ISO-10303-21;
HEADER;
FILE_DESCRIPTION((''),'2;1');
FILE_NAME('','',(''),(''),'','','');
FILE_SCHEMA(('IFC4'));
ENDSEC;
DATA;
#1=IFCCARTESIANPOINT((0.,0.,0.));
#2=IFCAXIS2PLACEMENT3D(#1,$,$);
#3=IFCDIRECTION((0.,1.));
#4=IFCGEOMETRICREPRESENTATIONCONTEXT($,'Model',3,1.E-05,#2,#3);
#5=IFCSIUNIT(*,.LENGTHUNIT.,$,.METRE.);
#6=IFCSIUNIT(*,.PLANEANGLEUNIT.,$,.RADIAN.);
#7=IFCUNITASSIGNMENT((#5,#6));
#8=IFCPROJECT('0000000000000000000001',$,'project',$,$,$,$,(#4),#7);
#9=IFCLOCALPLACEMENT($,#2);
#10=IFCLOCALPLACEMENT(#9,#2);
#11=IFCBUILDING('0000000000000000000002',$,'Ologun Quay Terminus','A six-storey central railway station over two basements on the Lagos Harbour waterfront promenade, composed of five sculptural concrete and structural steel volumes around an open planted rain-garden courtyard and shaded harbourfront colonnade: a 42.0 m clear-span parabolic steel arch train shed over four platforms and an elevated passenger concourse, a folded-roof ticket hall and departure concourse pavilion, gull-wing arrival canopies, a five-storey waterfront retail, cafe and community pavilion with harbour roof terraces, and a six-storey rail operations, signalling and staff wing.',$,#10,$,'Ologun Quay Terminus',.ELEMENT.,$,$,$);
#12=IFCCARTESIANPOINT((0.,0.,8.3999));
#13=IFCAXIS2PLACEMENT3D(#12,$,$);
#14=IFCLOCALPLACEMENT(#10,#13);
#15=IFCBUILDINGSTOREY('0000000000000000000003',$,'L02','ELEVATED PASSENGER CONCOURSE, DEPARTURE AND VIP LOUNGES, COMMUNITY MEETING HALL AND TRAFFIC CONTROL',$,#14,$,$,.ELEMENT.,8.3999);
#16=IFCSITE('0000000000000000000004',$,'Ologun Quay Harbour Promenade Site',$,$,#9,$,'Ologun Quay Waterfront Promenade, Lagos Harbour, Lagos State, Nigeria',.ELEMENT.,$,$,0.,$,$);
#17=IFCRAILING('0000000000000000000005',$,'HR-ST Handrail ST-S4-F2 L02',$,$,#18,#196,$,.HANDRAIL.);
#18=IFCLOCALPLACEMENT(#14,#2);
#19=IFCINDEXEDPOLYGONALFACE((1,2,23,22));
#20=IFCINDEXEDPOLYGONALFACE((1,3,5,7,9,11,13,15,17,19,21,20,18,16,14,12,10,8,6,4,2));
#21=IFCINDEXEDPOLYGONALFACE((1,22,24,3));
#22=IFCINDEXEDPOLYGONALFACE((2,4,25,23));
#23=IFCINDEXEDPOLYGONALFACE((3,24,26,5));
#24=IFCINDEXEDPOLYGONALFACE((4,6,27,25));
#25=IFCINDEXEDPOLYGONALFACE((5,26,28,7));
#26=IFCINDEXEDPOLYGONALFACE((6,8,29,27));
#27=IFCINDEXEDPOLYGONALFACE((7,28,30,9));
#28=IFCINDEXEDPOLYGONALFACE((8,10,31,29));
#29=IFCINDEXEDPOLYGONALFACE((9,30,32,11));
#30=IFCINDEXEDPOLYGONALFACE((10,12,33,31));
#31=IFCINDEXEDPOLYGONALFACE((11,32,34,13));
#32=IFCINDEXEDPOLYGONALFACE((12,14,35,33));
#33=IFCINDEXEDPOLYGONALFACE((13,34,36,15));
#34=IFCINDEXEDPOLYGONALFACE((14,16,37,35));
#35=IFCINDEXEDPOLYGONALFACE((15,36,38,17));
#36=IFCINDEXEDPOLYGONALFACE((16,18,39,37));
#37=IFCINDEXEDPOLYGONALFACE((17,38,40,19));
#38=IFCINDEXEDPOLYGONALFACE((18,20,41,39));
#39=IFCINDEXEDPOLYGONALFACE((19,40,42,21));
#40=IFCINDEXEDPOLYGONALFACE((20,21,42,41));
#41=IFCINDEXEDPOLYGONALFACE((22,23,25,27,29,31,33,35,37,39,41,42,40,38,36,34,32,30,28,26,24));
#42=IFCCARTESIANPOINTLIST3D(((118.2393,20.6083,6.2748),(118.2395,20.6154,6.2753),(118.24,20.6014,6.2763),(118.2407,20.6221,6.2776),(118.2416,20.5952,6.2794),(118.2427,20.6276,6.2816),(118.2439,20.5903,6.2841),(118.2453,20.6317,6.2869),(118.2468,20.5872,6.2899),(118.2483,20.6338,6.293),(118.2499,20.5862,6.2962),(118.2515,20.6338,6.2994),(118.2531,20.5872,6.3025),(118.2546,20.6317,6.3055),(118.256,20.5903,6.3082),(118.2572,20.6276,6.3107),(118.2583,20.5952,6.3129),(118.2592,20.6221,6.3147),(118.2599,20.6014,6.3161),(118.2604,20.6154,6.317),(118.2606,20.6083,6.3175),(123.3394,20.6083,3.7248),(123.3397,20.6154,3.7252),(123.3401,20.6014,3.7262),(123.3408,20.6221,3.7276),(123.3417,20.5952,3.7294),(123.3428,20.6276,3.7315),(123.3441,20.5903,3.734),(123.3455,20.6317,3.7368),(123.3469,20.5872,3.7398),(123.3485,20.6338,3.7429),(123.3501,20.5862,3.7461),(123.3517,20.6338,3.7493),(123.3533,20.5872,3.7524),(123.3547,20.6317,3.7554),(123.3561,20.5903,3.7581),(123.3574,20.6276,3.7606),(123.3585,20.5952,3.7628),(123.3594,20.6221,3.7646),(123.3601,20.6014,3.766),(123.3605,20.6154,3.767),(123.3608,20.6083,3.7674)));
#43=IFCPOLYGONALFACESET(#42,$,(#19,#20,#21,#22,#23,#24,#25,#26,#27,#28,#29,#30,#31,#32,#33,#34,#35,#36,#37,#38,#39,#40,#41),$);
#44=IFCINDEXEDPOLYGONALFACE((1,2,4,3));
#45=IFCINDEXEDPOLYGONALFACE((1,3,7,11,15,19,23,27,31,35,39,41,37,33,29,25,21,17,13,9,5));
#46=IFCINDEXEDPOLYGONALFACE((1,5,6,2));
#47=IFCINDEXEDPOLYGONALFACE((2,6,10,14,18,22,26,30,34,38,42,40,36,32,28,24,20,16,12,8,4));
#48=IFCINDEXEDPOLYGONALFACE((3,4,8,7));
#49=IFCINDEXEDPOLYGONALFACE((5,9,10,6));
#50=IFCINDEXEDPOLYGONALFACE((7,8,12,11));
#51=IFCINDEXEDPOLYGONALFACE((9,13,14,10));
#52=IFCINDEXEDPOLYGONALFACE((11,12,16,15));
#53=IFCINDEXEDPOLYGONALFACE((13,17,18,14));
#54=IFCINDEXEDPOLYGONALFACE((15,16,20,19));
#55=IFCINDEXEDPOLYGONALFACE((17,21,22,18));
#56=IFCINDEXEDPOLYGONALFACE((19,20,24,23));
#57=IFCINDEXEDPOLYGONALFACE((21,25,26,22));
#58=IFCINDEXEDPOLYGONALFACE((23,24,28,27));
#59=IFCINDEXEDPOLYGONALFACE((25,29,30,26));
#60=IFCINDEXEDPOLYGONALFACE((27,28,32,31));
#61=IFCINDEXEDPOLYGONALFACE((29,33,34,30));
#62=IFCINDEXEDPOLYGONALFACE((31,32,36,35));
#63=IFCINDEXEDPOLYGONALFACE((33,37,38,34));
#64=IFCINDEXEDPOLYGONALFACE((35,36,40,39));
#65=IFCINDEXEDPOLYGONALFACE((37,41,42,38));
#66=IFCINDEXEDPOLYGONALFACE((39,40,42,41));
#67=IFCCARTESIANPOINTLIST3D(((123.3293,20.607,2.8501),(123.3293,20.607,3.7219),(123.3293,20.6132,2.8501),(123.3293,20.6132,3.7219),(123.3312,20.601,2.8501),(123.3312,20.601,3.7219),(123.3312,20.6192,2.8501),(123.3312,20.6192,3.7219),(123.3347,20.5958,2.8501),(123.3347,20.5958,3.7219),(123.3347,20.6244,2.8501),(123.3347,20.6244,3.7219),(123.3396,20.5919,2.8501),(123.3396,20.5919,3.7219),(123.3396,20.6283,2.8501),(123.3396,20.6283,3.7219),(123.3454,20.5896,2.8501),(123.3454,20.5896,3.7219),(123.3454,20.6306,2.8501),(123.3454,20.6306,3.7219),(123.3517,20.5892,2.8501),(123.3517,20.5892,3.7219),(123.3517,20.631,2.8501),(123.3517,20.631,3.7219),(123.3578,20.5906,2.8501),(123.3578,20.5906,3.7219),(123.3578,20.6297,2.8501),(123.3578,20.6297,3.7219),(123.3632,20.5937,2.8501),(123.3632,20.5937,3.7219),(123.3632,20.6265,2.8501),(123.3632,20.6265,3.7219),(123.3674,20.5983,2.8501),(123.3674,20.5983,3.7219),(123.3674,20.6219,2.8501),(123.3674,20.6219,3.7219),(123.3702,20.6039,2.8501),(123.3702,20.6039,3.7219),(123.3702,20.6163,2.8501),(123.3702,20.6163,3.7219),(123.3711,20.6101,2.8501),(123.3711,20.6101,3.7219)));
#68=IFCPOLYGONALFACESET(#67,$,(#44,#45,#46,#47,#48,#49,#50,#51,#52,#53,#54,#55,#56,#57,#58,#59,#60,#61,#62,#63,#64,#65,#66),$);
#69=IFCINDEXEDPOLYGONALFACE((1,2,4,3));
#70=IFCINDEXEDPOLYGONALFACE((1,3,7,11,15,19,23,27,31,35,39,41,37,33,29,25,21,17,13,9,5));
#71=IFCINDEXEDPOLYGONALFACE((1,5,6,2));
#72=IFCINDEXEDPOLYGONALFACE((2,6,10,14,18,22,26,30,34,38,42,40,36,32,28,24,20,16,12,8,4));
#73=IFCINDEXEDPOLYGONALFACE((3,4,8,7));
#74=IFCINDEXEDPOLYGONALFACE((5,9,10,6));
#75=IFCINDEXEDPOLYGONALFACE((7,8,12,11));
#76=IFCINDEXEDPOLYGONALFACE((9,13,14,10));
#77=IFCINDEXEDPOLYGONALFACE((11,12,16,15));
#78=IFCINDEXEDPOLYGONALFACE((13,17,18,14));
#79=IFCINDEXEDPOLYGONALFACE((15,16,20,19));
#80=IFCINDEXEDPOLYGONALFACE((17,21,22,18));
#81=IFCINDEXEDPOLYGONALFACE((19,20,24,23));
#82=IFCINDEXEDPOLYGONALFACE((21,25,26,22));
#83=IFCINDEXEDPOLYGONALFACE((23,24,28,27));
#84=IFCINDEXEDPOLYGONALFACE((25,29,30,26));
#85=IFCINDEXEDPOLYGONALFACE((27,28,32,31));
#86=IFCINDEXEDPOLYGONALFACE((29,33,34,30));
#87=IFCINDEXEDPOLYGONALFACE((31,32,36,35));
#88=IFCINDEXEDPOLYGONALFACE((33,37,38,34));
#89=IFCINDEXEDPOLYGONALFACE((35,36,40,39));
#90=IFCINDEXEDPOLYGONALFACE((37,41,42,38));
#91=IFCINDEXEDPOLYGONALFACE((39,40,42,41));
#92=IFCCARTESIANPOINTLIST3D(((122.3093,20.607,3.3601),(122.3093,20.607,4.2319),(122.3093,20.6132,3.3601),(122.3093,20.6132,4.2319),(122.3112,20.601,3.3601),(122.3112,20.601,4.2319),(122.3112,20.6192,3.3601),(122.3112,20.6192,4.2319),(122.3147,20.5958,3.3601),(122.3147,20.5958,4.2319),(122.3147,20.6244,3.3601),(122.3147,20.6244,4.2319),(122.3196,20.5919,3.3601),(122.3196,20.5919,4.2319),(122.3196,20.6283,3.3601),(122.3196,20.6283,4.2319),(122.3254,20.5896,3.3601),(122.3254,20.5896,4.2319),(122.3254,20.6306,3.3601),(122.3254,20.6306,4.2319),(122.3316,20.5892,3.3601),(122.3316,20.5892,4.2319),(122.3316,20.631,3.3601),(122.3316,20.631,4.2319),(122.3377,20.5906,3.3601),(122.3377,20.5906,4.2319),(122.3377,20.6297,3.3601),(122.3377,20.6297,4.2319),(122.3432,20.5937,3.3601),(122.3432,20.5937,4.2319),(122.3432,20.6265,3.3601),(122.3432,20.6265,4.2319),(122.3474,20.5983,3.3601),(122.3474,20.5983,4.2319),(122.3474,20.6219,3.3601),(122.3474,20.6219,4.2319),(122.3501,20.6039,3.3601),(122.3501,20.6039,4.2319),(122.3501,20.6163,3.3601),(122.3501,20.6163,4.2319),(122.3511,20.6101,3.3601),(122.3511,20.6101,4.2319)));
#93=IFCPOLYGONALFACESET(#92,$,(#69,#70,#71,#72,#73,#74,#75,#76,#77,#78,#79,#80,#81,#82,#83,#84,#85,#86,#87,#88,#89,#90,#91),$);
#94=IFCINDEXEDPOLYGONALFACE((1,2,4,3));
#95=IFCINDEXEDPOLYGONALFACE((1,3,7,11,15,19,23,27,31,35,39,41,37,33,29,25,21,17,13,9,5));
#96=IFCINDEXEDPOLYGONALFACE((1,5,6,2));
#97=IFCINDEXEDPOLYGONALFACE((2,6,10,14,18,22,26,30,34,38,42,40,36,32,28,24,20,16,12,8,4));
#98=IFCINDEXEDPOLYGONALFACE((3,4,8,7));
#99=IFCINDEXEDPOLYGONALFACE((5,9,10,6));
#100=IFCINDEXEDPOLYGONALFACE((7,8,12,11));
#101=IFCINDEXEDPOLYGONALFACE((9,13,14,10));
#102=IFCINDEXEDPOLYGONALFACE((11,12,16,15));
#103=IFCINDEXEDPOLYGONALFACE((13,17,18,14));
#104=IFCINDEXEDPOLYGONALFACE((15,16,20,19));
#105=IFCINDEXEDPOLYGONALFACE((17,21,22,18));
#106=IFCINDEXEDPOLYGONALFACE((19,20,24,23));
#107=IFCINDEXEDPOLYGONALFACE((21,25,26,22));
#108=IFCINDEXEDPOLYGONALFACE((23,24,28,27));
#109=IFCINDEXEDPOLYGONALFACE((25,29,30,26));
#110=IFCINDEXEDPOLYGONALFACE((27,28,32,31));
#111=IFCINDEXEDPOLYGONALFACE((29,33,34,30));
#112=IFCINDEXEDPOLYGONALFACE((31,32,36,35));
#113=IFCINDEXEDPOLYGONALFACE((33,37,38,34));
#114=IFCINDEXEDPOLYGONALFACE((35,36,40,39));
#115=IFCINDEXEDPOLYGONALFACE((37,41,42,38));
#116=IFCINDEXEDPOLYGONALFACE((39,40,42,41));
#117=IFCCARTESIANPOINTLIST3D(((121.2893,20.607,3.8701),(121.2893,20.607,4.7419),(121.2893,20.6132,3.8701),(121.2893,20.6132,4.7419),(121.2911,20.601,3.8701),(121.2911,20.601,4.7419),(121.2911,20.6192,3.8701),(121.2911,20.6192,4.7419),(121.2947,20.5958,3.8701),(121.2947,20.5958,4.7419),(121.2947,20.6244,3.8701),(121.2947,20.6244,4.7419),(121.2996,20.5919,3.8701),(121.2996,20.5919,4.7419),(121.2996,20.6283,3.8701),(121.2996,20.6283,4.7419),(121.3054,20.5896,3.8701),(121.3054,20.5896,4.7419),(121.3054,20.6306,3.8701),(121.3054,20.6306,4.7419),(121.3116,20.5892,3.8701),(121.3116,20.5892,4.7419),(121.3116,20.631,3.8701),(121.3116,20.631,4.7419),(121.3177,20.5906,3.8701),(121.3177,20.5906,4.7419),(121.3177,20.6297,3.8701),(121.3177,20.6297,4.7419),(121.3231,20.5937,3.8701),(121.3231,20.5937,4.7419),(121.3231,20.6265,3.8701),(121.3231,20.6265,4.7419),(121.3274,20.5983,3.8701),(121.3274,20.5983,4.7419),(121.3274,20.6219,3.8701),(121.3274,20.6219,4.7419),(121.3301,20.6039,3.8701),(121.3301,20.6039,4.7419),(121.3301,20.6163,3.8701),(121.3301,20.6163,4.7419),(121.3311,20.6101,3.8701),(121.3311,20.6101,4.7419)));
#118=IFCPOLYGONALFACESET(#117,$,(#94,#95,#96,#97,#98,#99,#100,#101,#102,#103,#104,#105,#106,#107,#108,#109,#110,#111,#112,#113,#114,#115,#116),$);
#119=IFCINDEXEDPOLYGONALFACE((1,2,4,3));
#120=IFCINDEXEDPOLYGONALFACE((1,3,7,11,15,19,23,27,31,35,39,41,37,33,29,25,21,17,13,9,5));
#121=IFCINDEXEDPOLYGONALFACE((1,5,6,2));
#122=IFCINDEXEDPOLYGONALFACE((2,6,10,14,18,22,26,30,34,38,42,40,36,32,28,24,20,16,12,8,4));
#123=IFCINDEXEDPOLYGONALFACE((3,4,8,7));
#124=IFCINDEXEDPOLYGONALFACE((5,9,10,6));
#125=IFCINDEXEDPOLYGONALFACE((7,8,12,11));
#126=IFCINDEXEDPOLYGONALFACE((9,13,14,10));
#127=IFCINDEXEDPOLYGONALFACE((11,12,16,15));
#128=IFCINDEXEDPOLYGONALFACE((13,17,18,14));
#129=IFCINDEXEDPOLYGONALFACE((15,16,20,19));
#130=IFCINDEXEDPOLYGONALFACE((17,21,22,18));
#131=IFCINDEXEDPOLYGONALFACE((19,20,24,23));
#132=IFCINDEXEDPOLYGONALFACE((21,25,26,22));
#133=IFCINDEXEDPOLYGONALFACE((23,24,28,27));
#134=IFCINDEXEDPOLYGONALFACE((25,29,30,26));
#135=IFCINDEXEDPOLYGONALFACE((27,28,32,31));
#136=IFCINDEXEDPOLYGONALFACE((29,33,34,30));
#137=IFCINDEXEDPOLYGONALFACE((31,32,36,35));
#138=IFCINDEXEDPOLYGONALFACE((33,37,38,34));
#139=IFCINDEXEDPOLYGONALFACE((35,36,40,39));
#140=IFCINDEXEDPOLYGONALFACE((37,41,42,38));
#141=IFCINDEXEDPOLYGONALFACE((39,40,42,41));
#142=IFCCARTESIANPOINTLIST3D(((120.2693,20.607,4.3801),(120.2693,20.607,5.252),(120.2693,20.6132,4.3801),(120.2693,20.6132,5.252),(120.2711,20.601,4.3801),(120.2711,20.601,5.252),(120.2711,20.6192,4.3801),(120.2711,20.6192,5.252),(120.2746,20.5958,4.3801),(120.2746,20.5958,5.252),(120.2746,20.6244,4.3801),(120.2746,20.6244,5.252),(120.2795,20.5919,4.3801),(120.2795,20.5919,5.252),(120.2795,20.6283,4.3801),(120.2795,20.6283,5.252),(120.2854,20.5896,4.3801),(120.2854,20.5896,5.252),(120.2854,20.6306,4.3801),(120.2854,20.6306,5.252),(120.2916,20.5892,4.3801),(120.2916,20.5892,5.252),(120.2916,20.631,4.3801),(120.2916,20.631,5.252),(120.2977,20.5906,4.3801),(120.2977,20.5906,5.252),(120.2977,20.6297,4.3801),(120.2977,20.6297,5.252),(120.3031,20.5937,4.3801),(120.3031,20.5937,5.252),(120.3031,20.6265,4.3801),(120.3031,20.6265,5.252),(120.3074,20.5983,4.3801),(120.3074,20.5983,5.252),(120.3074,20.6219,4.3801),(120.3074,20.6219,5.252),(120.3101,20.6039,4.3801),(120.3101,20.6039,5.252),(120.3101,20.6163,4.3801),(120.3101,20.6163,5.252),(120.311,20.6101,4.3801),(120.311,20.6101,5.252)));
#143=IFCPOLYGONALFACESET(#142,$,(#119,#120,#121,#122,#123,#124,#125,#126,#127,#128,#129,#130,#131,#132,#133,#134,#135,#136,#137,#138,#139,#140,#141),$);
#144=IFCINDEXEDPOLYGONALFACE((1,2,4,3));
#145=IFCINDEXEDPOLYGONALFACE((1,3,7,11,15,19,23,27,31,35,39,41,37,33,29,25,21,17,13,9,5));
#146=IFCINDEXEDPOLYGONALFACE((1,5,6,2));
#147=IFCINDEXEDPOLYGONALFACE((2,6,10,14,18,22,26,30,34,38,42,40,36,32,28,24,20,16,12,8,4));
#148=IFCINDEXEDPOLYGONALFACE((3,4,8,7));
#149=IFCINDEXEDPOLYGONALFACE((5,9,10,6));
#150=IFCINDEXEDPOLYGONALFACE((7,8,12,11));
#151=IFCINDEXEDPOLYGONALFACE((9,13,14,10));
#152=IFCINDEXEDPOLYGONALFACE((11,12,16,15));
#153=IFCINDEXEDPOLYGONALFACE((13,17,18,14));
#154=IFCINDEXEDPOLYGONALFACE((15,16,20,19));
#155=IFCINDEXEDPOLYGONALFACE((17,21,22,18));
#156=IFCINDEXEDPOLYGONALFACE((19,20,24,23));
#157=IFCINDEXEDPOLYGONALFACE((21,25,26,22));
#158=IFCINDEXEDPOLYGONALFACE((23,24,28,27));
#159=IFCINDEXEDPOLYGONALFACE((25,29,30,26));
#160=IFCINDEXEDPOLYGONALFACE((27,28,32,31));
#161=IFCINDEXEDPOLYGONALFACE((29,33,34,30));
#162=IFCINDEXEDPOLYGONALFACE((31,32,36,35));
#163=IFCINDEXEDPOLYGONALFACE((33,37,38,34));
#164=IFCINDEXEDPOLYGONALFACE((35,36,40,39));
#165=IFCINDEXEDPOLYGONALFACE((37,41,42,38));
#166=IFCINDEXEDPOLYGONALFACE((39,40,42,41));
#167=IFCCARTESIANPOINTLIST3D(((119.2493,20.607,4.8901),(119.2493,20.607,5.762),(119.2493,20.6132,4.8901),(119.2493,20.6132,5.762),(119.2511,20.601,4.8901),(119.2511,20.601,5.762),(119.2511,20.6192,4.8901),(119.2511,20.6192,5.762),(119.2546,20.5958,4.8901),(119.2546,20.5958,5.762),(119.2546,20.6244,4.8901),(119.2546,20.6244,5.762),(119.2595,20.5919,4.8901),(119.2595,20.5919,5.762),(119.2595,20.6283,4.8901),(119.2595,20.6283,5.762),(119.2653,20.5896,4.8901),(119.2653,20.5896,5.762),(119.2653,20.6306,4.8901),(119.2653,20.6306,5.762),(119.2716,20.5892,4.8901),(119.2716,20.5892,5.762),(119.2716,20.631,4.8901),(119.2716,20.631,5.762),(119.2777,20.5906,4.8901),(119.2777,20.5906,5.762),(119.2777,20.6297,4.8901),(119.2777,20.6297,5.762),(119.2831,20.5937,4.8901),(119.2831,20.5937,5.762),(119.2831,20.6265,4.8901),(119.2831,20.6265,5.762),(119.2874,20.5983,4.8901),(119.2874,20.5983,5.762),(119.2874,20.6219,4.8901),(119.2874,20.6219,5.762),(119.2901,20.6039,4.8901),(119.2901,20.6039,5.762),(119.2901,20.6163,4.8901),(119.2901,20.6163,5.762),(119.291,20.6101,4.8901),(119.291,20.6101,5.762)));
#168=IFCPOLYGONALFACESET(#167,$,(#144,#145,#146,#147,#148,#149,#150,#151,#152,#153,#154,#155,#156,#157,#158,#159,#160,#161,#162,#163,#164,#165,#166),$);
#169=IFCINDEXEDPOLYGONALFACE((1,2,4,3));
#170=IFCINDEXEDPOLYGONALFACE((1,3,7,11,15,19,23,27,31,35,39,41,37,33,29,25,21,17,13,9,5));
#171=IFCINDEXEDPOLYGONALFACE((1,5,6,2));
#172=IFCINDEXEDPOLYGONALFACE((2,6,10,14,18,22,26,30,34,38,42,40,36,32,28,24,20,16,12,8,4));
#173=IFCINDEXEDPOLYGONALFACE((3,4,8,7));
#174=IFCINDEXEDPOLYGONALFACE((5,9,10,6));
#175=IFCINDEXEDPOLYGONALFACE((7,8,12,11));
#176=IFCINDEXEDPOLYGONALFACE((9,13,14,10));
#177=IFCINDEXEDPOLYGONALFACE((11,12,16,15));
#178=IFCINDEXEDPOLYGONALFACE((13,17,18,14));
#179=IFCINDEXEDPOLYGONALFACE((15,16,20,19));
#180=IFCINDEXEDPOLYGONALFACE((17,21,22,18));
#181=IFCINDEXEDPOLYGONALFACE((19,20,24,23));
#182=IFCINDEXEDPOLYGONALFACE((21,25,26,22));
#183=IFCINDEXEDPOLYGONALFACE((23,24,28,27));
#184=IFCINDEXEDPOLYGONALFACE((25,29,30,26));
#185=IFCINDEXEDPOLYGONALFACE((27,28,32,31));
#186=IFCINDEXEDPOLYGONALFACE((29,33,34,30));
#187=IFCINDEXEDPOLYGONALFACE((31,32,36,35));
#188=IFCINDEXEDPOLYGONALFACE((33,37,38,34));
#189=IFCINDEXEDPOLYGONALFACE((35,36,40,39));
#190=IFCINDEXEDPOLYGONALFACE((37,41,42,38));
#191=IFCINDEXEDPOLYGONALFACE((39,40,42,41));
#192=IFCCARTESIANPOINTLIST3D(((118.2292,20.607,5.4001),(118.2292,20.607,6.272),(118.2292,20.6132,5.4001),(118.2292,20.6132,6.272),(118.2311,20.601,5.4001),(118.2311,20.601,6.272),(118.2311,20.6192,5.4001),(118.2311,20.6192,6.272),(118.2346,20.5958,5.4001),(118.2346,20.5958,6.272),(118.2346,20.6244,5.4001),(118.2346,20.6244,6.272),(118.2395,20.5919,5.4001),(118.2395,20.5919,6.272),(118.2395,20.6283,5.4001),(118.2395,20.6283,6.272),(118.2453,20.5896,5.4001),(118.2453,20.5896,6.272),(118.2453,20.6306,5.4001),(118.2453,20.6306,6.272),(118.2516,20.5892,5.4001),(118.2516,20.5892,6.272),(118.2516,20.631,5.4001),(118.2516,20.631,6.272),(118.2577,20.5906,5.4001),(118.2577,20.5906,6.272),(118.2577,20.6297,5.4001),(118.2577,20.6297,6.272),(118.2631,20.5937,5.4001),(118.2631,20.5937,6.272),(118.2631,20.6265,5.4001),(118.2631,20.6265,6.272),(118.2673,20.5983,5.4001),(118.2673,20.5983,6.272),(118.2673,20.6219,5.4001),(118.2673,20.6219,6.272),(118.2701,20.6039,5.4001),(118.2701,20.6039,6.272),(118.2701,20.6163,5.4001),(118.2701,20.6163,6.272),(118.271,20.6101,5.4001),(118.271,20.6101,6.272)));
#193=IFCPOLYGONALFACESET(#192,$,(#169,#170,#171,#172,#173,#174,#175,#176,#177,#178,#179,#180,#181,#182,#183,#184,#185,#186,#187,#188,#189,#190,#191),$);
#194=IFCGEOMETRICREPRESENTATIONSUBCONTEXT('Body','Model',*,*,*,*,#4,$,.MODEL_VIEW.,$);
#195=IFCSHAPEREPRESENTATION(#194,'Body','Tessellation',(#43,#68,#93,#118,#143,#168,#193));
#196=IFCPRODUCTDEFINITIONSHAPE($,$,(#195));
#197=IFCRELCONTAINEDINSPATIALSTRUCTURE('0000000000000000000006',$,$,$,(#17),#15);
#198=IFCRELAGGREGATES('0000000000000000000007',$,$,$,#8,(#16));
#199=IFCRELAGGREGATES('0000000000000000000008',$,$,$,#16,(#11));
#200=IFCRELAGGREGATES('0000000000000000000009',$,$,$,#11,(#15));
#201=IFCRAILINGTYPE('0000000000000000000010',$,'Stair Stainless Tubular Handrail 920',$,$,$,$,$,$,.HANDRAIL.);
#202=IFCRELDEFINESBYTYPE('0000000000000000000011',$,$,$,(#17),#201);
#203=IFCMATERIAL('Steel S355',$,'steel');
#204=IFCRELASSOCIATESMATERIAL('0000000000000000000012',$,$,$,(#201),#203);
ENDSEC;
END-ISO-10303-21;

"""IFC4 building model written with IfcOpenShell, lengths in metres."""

from ifc_helpers import new_model, si_unit, direction, frame, origin, origin_2d, place, context, subcontext, project, spatial, circle, extrude, material, type_object, element, save


model = new_model("IFC4")

# Units and contexts
model_context = context("Model", 3, precision=1e-05, world=origin(), true_north=direction((0.0, 1.0)))
body_context = subcontext(model_context, "Body", "Model", "MODEL_VIEW")
ifc_project = project(units=[si_unit("LENGTHUNIT", "METRE"), si_unit("PLANEANGLEUNIT", "RADIAN")], contexts=[model_context])

# Site, building, storey
site_placement = place(None, origin())
site = spatial("IfcSite", under=ifc_project, at=site_placement, Name="Ologun Quay Harbour Promenade Site", LongName="Ologun Quay Waterfront Promenade, Lagos Harbour, Lagos State, Nigeria", CompositionType="ELEMENT", RefElevation=0.0)
building_placement = place(site_placement, origin())
building = spatial("IfcBuilding", under=site, at=building_placement, Name="Ologun Quay Terminus", Description="A six-storey central railway station over two basements on the Lagos Harbour waterfront promenade, composed of five sculptural concrete and structural steel volumes around an open planted rain-garden courtyard and shaded harbourfront colonnade: a 42.0 m clear-span parabolic steel arch train shed over four platforms and an elevated passenger concourse, a folded-roof ticket hall and departure concourse pavilion, gull-wing arrival canopies, a five-storey waterfront retail, cafe and community pavilion with harbour roof terraces, and a six-storey rail operations, signalling and staff wing.", LongName="Ologun Quay Terminus", CompositionType="ELEMENT")
storey_placement = place(building_placement, frame((0.0, 0.0, 8.3999)))
storey = spatial("IfcBuildingStorey", under=building, at=storey_placement, Name="L02", Description="ELEVATED PASSENGER CONCOURSE, DEPARTURE AND VIP LOUNGES, COMMUNITY MEETING HALL AND TRAFFIC CONTROL", CompositionType="ELEMENT", Elevation=8.3999)

# Railing
ifc_material_1 = material(Name="Steel S355", Category="steel")
railing_type_1 = type_object("IfcRailingType", Name="Stair Stainless Tubular Handrail 920", PredefinedType="HANDRAIL", material=ifc_material_1)
railing_1_placement = place(storey_placement, frame((123.3501, 20.6101, 2.8501)))
element("IfcRailing", 1, at=railing_1_placement, inside=storey, type_object=railing_type_1, Name="HR-ST Handrail ST-S4-F2 L02", PredefinedType="HANDRAIL", context=body_context, shape_type="SweptSolid", body=[
    extrude(circle(Radius=0.0239, at=origin_2d()), frame((0.0, 0.0, 0.896), z_axis=(-0.894427, 0.0, 0.447214), x_axis=(0.0, -1.0, 0.0)), (0.0, 0.0, 1.0), 5.7021),
    extrude(circle(Radius=0.021, at=origin_2d()), origin(), (0.0, 0.0, 1.0), 0.8718),
    extrude(circle(Radius=0.021, at=origin_2d()), frame((-1.02, 0.0, 0.51)), (0.0, 0.0, 1.0), 0.8718),
    extrude(circle(Radius=0.021, at=origin_2d()), frame((-2.04, 0.0, 1.02)), (0.0, 0.0, 1.0), 0.8718),
    extrude(circle(Radius=0.021, at=origin_2d()), frame((-3.0601, 0.0, 1.53)), (0.0, 0.0, 1.0), 0.8718),
    extrude(circle(Radius=0.021, at=origin_2d()), frame((-4.0801, 0.0, 2.04)), (0.0, 0.0, 1.0), 0.8718),
    extrude(circle(Radius=0.021, at=origin_2d()), frame((-5.1001, 0.0, 2.55)), (0.0, 0.0, 1.0), 0.8718),
])

save(model, "model.ifc")
